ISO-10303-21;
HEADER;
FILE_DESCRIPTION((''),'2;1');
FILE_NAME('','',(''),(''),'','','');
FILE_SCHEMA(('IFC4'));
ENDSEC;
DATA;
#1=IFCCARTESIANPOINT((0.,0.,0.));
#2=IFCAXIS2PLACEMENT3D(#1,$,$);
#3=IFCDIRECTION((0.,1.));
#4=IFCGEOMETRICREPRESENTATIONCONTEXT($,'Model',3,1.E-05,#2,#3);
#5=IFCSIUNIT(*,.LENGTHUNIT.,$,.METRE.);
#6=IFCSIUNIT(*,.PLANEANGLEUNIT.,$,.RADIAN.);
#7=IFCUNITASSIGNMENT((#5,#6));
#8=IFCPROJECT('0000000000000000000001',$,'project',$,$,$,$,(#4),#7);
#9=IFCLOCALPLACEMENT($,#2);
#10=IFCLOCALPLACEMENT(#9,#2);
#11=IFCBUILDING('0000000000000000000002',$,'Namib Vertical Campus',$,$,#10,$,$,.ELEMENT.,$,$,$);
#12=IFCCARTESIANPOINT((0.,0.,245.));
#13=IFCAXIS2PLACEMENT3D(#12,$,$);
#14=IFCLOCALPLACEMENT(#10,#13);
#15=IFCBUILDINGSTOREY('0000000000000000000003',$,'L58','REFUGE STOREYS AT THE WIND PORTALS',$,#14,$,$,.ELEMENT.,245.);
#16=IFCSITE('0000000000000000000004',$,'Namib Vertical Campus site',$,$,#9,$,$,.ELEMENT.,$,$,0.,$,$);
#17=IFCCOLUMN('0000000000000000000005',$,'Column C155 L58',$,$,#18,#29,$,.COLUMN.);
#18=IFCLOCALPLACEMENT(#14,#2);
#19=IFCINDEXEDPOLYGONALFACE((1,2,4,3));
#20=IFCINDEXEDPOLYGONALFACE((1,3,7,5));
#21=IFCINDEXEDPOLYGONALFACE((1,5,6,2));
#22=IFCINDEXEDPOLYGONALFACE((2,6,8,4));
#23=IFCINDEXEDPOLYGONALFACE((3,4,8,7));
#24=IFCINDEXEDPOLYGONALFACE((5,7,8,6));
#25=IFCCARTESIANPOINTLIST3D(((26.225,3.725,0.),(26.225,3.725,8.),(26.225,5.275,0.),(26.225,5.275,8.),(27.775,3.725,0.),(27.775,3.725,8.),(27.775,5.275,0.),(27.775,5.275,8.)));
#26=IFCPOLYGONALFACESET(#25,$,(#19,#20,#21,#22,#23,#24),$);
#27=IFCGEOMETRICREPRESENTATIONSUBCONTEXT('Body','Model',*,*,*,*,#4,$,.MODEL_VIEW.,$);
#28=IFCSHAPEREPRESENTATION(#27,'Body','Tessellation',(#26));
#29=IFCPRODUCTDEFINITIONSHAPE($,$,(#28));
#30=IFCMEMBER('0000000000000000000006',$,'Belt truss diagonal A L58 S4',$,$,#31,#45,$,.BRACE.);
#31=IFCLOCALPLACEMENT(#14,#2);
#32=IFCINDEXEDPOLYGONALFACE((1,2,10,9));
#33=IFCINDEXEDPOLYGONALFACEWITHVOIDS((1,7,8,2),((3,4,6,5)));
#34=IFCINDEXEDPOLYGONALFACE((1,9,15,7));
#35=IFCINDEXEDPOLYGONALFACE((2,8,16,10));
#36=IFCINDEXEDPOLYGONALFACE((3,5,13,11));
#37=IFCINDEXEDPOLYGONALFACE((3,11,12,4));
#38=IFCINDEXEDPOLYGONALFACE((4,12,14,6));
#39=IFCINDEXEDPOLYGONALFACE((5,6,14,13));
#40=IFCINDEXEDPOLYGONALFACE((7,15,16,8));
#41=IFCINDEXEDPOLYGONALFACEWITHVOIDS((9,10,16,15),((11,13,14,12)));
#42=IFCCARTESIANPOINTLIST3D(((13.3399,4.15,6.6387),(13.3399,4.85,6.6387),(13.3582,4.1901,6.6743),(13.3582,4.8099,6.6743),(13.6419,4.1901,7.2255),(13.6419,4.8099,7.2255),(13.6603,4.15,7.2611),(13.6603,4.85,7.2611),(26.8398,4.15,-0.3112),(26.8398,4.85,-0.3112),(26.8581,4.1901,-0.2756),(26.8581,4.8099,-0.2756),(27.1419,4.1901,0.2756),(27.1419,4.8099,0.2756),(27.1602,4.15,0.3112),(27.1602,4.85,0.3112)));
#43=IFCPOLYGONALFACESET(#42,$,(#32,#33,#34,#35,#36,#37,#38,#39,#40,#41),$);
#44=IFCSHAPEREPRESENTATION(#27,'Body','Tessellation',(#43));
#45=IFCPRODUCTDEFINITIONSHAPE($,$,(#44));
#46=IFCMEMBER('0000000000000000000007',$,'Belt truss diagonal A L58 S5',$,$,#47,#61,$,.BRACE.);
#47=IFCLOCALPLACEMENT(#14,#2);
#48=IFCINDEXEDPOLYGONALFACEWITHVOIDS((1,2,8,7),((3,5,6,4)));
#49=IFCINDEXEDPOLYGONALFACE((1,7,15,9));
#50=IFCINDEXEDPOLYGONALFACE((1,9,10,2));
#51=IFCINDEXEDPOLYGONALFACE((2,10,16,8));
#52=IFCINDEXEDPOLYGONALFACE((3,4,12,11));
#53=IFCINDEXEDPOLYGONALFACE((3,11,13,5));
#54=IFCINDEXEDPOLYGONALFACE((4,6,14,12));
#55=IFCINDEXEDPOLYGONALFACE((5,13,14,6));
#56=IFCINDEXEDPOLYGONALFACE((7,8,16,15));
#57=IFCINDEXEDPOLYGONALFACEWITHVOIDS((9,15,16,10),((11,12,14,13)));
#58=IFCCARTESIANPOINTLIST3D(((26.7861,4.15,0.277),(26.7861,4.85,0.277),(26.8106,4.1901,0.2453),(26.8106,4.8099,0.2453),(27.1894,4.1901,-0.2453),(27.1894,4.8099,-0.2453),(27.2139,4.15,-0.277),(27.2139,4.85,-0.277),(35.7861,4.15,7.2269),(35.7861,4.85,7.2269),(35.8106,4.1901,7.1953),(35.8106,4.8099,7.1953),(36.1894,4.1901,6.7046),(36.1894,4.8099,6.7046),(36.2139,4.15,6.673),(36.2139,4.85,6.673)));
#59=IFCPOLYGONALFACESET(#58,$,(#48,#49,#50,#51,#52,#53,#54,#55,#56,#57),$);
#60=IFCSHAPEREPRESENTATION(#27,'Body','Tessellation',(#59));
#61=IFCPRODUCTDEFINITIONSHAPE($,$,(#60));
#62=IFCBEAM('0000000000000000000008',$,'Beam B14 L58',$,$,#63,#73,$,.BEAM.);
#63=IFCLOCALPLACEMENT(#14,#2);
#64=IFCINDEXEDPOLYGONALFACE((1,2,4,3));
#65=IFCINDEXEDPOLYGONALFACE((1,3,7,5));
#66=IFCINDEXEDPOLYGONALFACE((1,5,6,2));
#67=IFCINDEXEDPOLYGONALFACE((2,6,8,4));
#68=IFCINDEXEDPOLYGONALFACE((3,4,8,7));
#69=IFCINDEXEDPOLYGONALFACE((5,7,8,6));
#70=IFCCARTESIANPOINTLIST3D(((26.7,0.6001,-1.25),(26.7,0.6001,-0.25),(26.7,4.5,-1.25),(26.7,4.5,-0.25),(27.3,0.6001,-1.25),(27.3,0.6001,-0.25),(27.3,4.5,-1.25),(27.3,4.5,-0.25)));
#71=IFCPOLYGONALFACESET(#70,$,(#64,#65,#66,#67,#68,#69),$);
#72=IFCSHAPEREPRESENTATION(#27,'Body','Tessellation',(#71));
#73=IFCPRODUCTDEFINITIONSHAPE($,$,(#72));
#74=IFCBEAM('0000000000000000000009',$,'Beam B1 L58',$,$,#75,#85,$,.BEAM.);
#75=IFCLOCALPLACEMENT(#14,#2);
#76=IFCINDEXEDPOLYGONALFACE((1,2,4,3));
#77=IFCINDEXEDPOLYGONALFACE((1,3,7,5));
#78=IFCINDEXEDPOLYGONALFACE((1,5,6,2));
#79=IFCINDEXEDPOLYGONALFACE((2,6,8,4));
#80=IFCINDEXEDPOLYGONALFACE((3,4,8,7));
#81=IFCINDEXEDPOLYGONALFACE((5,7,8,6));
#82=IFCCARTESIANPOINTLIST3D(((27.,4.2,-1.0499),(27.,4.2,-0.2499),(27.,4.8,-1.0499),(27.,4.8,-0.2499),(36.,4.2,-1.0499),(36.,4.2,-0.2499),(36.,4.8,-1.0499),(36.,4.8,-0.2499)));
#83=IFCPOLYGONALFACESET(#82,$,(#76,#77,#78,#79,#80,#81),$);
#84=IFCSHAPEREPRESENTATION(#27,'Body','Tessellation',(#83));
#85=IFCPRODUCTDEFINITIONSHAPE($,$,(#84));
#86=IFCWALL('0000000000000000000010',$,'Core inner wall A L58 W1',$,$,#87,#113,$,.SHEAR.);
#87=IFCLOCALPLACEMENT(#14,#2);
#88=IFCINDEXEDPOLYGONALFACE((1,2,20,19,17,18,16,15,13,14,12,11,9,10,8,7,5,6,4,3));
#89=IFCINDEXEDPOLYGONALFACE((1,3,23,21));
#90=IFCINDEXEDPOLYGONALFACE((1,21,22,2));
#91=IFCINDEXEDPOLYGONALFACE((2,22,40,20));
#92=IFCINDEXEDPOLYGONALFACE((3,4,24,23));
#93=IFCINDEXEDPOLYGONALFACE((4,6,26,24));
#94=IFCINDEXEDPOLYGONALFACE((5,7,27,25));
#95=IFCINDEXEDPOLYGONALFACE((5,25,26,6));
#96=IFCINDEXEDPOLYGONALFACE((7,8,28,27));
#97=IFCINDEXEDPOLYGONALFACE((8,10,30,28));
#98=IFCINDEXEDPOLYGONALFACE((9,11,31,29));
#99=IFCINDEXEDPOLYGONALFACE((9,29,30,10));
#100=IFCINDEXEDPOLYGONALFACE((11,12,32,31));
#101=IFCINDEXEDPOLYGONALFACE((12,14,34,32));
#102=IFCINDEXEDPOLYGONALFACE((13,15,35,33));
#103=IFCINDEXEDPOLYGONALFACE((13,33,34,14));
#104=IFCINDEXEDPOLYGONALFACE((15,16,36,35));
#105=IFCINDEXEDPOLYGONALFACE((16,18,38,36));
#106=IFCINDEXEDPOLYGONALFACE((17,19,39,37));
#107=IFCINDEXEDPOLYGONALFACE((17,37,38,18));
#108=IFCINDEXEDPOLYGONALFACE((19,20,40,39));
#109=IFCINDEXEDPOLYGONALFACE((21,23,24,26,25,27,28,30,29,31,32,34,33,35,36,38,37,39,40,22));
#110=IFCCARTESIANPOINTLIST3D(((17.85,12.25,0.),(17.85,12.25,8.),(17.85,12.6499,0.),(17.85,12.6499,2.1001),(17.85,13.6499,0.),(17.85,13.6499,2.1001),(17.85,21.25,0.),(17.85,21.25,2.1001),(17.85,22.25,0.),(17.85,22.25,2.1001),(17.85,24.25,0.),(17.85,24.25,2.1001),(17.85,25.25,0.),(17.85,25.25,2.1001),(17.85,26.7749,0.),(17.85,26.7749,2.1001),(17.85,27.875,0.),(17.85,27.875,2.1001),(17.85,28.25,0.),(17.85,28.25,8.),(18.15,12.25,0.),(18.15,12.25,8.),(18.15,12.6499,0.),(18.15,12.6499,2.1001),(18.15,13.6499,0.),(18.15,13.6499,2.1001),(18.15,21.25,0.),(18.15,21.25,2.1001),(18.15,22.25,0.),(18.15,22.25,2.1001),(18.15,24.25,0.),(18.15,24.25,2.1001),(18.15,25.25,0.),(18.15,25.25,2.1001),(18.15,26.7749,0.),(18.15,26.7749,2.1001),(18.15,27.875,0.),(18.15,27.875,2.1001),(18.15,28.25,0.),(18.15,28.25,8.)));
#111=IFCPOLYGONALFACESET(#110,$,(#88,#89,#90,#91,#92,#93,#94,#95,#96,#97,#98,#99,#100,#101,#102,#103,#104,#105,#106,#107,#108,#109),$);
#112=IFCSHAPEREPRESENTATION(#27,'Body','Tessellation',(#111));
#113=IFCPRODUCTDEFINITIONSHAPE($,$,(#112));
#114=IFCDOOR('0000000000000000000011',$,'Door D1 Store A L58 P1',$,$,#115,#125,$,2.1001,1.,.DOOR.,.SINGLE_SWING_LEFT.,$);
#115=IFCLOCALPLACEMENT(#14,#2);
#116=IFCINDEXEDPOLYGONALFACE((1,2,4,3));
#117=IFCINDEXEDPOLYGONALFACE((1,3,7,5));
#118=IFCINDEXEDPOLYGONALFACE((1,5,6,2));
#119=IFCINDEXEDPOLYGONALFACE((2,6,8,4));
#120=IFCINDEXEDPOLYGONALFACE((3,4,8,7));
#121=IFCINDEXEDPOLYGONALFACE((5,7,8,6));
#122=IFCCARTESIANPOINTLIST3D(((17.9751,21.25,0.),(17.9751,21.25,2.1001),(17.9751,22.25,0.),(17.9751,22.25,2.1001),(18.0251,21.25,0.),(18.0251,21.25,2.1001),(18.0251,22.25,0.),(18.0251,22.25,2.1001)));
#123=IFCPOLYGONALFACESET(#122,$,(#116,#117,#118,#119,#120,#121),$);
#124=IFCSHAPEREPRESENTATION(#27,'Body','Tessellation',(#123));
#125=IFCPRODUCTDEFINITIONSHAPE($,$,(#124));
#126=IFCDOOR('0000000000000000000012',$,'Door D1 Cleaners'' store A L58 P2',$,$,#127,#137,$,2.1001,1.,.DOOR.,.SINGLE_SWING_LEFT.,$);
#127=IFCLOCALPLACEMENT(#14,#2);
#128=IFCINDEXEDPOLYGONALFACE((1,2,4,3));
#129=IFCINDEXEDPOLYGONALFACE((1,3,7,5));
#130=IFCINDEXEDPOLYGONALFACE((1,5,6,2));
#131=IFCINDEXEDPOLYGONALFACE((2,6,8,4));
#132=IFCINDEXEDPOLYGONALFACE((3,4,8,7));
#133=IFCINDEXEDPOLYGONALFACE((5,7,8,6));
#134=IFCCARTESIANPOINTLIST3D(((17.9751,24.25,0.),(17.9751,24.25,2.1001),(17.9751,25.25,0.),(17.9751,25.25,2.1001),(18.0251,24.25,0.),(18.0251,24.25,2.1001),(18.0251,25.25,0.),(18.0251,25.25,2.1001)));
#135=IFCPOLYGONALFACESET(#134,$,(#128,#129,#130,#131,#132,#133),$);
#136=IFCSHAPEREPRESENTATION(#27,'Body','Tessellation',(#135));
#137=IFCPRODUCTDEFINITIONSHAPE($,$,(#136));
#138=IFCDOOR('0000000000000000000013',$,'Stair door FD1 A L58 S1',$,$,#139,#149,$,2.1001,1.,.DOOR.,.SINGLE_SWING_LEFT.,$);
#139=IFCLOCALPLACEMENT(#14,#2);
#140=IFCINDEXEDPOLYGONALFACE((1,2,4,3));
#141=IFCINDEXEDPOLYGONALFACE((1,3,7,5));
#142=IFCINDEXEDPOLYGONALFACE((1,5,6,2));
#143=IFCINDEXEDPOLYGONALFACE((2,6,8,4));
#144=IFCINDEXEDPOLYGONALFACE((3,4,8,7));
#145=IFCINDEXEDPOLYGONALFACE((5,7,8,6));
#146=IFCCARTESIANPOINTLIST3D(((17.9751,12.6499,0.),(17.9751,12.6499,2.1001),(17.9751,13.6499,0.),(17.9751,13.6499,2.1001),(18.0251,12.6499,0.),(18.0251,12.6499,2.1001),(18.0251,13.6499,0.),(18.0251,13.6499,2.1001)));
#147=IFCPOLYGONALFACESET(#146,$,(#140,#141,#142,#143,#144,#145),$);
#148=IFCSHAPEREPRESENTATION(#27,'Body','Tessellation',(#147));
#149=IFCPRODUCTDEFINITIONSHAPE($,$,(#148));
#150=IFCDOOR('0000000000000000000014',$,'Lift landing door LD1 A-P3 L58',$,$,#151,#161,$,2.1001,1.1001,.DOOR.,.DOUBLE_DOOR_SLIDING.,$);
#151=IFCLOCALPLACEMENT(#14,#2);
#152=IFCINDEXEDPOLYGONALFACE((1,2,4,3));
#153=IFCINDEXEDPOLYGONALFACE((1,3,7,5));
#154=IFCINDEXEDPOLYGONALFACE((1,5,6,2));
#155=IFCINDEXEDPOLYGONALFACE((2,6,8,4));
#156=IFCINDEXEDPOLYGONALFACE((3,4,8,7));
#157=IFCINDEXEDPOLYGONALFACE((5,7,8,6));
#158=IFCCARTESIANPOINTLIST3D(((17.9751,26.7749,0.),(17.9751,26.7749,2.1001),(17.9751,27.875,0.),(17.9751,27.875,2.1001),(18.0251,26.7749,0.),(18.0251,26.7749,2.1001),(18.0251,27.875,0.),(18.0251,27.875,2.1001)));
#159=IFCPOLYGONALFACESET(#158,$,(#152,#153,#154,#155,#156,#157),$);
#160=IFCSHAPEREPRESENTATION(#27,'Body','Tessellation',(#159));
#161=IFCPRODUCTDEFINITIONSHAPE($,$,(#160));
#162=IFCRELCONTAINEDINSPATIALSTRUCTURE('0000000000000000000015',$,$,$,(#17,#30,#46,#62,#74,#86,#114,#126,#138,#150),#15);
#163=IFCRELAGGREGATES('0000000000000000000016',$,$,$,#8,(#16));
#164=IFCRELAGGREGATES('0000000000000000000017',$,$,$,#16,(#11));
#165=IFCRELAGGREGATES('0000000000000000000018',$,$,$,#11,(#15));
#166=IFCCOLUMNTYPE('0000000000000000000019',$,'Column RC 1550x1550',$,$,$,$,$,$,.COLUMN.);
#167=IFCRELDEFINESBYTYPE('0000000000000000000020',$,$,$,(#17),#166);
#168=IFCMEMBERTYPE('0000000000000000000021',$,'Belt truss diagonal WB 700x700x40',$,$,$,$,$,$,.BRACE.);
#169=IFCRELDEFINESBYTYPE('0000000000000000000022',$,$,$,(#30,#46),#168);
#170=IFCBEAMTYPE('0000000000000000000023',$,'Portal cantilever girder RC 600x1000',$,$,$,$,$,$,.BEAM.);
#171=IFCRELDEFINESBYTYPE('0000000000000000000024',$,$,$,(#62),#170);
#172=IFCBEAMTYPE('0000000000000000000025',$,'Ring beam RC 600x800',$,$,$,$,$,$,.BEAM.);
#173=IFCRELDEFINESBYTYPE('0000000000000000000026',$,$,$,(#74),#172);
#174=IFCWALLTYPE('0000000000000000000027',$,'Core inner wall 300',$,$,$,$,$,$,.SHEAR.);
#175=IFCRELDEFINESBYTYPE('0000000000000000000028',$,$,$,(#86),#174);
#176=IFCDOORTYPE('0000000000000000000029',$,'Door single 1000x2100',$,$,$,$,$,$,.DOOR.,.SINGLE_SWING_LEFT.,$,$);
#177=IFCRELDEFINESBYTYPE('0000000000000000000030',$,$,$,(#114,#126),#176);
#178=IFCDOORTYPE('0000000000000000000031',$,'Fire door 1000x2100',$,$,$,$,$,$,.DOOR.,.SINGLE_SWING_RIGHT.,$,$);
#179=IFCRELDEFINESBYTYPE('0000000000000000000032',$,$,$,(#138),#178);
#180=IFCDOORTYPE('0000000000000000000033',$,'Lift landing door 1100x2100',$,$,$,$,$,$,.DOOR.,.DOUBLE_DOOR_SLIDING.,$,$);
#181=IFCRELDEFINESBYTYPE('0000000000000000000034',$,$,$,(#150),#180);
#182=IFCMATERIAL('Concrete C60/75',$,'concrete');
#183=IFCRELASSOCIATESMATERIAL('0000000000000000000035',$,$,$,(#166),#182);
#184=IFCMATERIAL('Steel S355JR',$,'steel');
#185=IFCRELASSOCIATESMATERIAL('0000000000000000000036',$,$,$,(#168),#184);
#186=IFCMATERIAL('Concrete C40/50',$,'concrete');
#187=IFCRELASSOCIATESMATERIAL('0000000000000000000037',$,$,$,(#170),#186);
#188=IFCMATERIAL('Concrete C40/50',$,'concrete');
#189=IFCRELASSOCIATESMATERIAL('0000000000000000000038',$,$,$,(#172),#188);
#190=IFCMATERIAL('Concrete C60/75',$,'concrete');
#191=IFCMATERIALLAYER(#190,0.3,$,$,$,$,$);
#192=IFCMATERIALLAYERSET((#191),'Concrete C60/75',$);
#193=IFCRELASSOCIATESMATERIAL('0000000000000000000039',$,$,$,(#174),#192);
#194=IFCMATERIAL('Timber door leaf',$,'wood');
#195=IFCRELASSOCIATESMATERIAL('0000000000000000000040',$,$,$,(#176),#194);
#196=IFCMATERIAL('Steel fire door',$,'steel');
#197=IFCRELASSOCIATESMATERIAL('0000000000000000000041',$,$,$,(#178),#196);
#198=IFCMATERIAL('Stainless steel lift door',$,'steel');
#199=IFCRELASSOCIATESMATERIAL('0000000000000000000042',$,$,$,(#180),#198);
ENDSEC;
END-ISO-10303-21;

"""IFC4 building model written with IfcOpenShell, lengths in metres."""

from ifc_helpers import new_model, si_unit, direction, frame, frame_2d, origin, origin_2d, place, context, subcontext, project, spatial, rectangle, hollow_rectangle, extrude, material, layer, layer_set, material_profile, profile_set, type_object, element, fill, save


model = new_model("IFC4")

# Units and contexts
model_context = context("Model", 3, precision=1e-05, world=origin(), true_north=direction((0.0, 1.0)))
body_context = subcontext(model_context, "Body", "Model", "MODEL_VIEW")
ifc_project = project(units=[si_unit("LENGTHUNIT", "METRE"), si_unit("PLANEANGLEUNIT", "RADIAN")], contexts=[model_context])

# Site, building, storey
site_placement = place(None, origin())
site = spatial("IfcSite", under=ifc_project, at=site_placement, Name="Namib Vertical Campus site", CompositionType="ELEMENT", RefElevation=0.0)
building_placement = place(site_placement, origin())
building = spatial("IfcBuilding", under=site, at=building_placement, Name="Namib Vertical Campus", CompositionType="ELEMENT")
storey_placement = place(building_placement, frame((0.0, 0.0, 245.0)))
storey = spatial("IfcBuildingStorey", under=building, at=storey_placement, Name="L58", Description="REFUGE STOREYS AT THE WIND PORTALS", CompositionType="ELEMENT", Elevation=245.0)

# Column
ifc_material_1 = material(Name="Concrete C60/75", Category="concrete")
ifc_material_profile_1 = material_profile(ifc_material_1, rectangle(XDim=1.55, YDim=1.55, at=origin_2d()))
ifc_profile_set_1 = profile_set([ifc_material_profile_1], Name="Concrete C60/75")
column_type = type_object("IfcColumnType", Name="Column RC 1550x1550", PredefinedType="COLUMN", material=ifc_profile_set_1)
column_placement = place(storey_placement, frame((27.0, 4.5, 0.0), z_axis=(0.0, 0.0, 1.0), x_axis=(1.0, 0.0, 0.0)))
element("IfcColumn", 1, at=column_placement, inside=storey, type_object=column_type, Name="Column C155 L58", PredefinedType="COLUMN", context=body_context, shape_type="SweptSolid", body=[
    extrude(rectangle(XDim=1.55, YDim=1.55, at=origin_2d()), origin(), (0.0, 0.0, 1.0), 8.0),
])

# Members
ifc_material_2 = material(Name="Steel S355JR", Category="steel")
ifc_material_profile_2 = material_profile(ifc_material_2, hollow_rectangle(XDim=0.7, YDim=0.7, WallThickness=0.04, at=origin_2d()))
ifc_profile_set_2 = profile_set([ifc_material_profile_2], Name="Steel S355JR")
member_type = type_object("IfcMemberType", Name="Belt truss diagonal WB 700x700x40", PredefinedType="BRACE", material=ifc_profile_set_2)
member_1_placement = place(storey_placement, frame((27.0, 4.5, 0.0), z_axis=(-0.889098, 0.0, 0.457717), x_axis=(0.0, -1.0, 0.0)))
element("IfcMember", 2, at=member_1_placement, inside=storey, type_object=member_type, Name="Belt truss diagonal A L58 S4", PredefinedType="BRACE", context=body_context, shape_type="SweptSolid", body=[
    extrude(hollow_rectangle(XDim=0.7, YDim=0.7, WallThickness=0.04, at=origin_2d()), origin(), (0.0, 0.0, 1.0), 15.1838),
])
member_2_placement = place(storey_placement, frame((27.0, 4.5, 0.0), z_axis=(0.79148, 0.0, 0.611194), x_axis=(0.0, 1.0, 0.0)))
element("IfcMember", 3, at=member_2_placement, inside=storey, type_object=member_type, Name="Belt truss diagonal A L58 S5", PredefinedType="BRACE", context=body_context, shape_type="SweptSolid", body=[
    extrude(hollow_rectangle(XDim=0.7, YDim=0.7, WallThickness=0.04, at=origin_2d()), origin(), (0.0, 0.0, 1.0), 11.3711),
])

# Beams
ifc_material_3 = material(Name="Concrete C40/50", Category="concrete")
ifc_material_profile_3 = material_profile(ifc_material_3, rectangle(XDim=0.6001, YDim=1.0, at=origin_2d()))
ifc_profile_set_3 = profile_set([ifc_material_profile_3], Name="Concrete C40/50")
beam_type_1 = type_object("IfcBeamType", Name="Portal cantilever girder RC 600x1000", PredefinedType="BEAM", material=ifc_profile_set_3)
beam_1_placement = place(storey_placement, frame((27.0, 4.5, -0.75), z_axis=(0.0, -1.0, 0.0), x_axis=(1.0, 0.0, 0.0)))
element("IfcBeam", 4, at=beam_1_placement, inside=storey, type_object=beam_type_1, Name="Beam B14 L58", PredefinedType="BEAM", context=body_context, shape_type="SweptSolid", body=[
    extrude(rectangle(XDim=0.6001, YDim=1.0, at=origin_2d()), origin(), (0.0, 0.0, 1.0), 3.8999),
])
ifc_material_4 = material(Name="Concrete C40/50", Category="concrete")
ifc_material_profile_4 = material_profile(ifc_material_4, rectangle(XDim=0.6001, YDim=0.8, at=origin_2d()))
ifc_profile_set_4 = profile_set([ifc_material_profile_4], Name="Concrete C40/50")
beam_type_2 = type_object("IfcBeamType", Name="Ring beam RC 600x800", PredefinedType="BEAM", material=ifc_profile_set_4)
beam_2_placement = place(storey_placement, frame((27.0, 4.5, -0.6499), z_axis=(1.0, 0.0, 0.0), x_axis=(0.0, 1.0, 0.0)))
element("IfcBeam", 5, at=beam_2_placement, inside=storey, type_object=beam_type_2, Name="Beam B1 L58", PredefinedType="BEAM", context=body_context, shape_type="SweptSolid", body=[
    extrude(rectangle(XDim=0.6001, YDim=0.8, at=origin_2d()), origin(), (0.0, 0.0, 1.0), 9.0),
])

# Wall, openings, doors
ifc_material_5 = material(Name="Concrete C60/75", Category="concrete")
ifc_layer_1 = layer(ifc_material_5, 0.3)
ifc_layer_set_1 = layer_set([ifc_layer_1], Name="Concrete C60/75")
wall_type_1 = type_object("IfcWallType", Name="Core inner wall 300", PredefinedType="SHEAR", material=ifc_layer_set_1)
wall_1_placement = place(storey_placement, frame((18.0, 12.25, 0.0), z_axis=(0.0, 0.0, 1.0), x_axis=(0.0, 1.0, 0.0)))
wall_1 = element("IfcWall", 6, at=wall_1_placement, inside=storey, type_object=wall_type_1, Name="Core inner wall A L58 W1", PredefinedType="SHEAR", context=body_context, shape_type="SweptSolid", body=[
    extrude(rectangle(XDim=16.0, YDim=0.3, at=frame_2d((8.0, 0.0))), origin(), (0.0, 0.0, 1.0), 8.0),
])
opening_1_placement = place(wall_1_placement, frame((0.3999, 0.0, 0.0)))
opening_1 = element("IfcOpeningElement", 7, at=opening_1_placement, cuts=wall_1, PredefinedType="OPENING", context=body_context, shape_type="SweptSolid", body=[
    extrude(rectangle(XDim=1.0, YDim=2.1001, at=frame_2d((0.5, 1.05))), frame((0.0, 0.1599, 0.0), z_axis=(0.0, -1.0, 0.0), x_axis=(1.0, 0.0, 0.0)), (0.0, 0.0, 1.0), 0.3201),
])
opening_2_placement = place(wall_1_placement, frame((14.5249, 0.0, 0.0)))
opening_2 = element("IfcOpeningElement", 8, at=opening_2_placement, cuts=wall_1, PredefinedType="OPENING", context=body_context, shape_type="SweptSolid", body=[
    extrude(rectangle(XDim=1.1001, YDim=2.1001, at=frame_2d((0.55, 1.05))), frame((0.0, 0.1599, 0.0), z_axis=(0.0, -1.0, 0.0), x_axis=(1.0, 0.0, 0.0)), (0.0, 0.0, 1.0), 0.3201),
])
opening_3_placement = place(wall_1_placement, frame((9.0, 0.0, 0.0)))
opening_3 = element("IfcOpeningElement", 9, at=opening_3_placement, cuts=wall_1, PredefinedType="OPENING", context=body_context, shape_type="SweptSolid", body=[
    extrude(rectangle(XDim=1.0, YDim=2.1001, at=frame_2d((0.5, 1.05))), frame((0.0, 0.1599, 0.0), z_axis=(0.0, -1.0, 0.0), x_axis=(1.0, 0.0, 0.0)), (0.0, 0.0, 1.0), 0.3201),
])
opening_4_placement = place(wall_1_placement, frame((12.0, 0.0, 0.0)))
opening_4 = element("IfcOpeningElement", 10, at=opening_4_placement, cuts=wall_1, PredefinedType="OPENING", context=body_context, shape_type="SweptSolid", body=[
    extrude(rectangle(XDim=1.0, YDim=2.1001, at=frame_2d((0.5, 1.05))), frame((0.0, 0.1599, 0.0), z_axis=(0.0, -1.0, 0.0), x_axis=(1.0, 0.0, 0.0)), (0.0, 0.0, 1.0), 0.3201),
])
ifc_material_6 = material(Name="Timber door leaf", Category="wood")
door_type_1 = type_object("IfcDoorType", Name="Door single 1000x2100", OperationType="SINGLE_SWING_LEFT", PredefinedType="DOOR", material=ifc_material_6)
door_1_placement = place(opening_3_placement, origin())
door_1 = element("IfcDoor", 11, at=door_1_placement, inside=storey, type_object=door_type_1, Name="Door D1 Store A L58 P1", OperationType="SINGLE_SWING_LEFT", OverallHeight=2.1001, OverallWidth=1.0, PredefinedType="DOOR", context=body_context, shape_type="SweptSolid", body=[
    extrude(rectangle(XDim=1.0, YDim=2.1001, at=frame_2d((0.5, 1.05))), frame((0.0, 0.0249, 0.0), z_axis=(0.0, -1.0, 0.0), x_axis=(1.0, 0.0, 0.0)), (0.0, 0.0, 1.0), 0.05),
])
fill(opening_3, door_1)
door_2_placement = place(opening_4_placement, origin())
door_2 = element("IfcDoor", 12, at=door_2_placement, inside=storey, type_object=door_type_1, Name="Door D1 Cleaners' store A L58 P2", OperationType="SINGLE_SWING_LEFT", OverallHeight=2.1001, OverallWidth=1.0, PredefinedType="DOOR", context=body_context, shape_type="SweptSolid", body=[
    extrude(rectangle(XDim=1.0, YDim=2.1001, at=frame_2d((0.5, 1.05))), frame((0.0, 0.0249, 0.0), z_axis=(0.0, -1.0, 0.0), x_axis=(1.0, 0.0, 0.0)), (0.0, 0.0, 1.0), 0.05),
])
fill(opening_4, door_2)
ifc_material_7 = material(Name="Steel fire door", Category="steel")
door_type_2 = type_object("IfcDoorType", Name="Fire door 1000x2100", OperationType="SINGLE_SWING_RIGHT", PredefinedType="DOOR", material=ifc_material_7)
door_3_placement = place(opening_1_placement, origin())
door_3 = element("IfcDoor", 13, at=door_3_placement, inside=storey, type_object=door_type_2, Name="Stair door FD1 A L58 S1", OperationType="SINGLE_SWING_LEFT", OverallHeight=2.1001, OverallWidth=1.0, PredefinedType="DOOR", context=body_context, shape_type="SweptSolid", body=[
    extrude(rectangle(XDim=1.0, YDim=2.1001, at=frame_2d((0.5, 1.05))), frame((0.0, 0.0249, 0.0), z_axis=(0.0, -1.0, 0.0), x_axis=(1.0, 0.0, 0.0)), (0.0, 0.0, 1.0), 0.05),
])
fill(opening_1, door_3)
ifc_material_8 = material(Name="Stainless steel lift door", Category="steel")
door_type_3 = type_object("IfcDoorType", Name="Lift landing door 1100x2100", OperationType="DOUBLE_DOOR_SLIDING", PredefinedType="DOOR", material=ifc_material_8)
door_4_placement = place(opening_2_placement, origin())
door_4 = element("IfcDoor", 14, at=door_4_placement, inside=storey, type_object=door_type_3, Name="Lift landing door LD1 A-P3 L58", OperationType="DOUBLE_DOOR_SLIDING", OverallHeight=2.1001, OverallWidth=1.1001, PredefinedType="DOOR", context=body_context, shape_type="SweptSolid", body=[
    extrude(rectangle(XDim=1.1001, YDim=2.1001, at=frame_2d((0.55, 1.05))), frame((0.0, 0.0249, 0.0), z_axis=(0.0, -1.0, 0.0), x_axis=(1.0, 0.0, 0.0)), (0.0, 0.0, 1.0), 0.05),
])
fill(opening_2, door_4)

save(model, "model.ifc")
